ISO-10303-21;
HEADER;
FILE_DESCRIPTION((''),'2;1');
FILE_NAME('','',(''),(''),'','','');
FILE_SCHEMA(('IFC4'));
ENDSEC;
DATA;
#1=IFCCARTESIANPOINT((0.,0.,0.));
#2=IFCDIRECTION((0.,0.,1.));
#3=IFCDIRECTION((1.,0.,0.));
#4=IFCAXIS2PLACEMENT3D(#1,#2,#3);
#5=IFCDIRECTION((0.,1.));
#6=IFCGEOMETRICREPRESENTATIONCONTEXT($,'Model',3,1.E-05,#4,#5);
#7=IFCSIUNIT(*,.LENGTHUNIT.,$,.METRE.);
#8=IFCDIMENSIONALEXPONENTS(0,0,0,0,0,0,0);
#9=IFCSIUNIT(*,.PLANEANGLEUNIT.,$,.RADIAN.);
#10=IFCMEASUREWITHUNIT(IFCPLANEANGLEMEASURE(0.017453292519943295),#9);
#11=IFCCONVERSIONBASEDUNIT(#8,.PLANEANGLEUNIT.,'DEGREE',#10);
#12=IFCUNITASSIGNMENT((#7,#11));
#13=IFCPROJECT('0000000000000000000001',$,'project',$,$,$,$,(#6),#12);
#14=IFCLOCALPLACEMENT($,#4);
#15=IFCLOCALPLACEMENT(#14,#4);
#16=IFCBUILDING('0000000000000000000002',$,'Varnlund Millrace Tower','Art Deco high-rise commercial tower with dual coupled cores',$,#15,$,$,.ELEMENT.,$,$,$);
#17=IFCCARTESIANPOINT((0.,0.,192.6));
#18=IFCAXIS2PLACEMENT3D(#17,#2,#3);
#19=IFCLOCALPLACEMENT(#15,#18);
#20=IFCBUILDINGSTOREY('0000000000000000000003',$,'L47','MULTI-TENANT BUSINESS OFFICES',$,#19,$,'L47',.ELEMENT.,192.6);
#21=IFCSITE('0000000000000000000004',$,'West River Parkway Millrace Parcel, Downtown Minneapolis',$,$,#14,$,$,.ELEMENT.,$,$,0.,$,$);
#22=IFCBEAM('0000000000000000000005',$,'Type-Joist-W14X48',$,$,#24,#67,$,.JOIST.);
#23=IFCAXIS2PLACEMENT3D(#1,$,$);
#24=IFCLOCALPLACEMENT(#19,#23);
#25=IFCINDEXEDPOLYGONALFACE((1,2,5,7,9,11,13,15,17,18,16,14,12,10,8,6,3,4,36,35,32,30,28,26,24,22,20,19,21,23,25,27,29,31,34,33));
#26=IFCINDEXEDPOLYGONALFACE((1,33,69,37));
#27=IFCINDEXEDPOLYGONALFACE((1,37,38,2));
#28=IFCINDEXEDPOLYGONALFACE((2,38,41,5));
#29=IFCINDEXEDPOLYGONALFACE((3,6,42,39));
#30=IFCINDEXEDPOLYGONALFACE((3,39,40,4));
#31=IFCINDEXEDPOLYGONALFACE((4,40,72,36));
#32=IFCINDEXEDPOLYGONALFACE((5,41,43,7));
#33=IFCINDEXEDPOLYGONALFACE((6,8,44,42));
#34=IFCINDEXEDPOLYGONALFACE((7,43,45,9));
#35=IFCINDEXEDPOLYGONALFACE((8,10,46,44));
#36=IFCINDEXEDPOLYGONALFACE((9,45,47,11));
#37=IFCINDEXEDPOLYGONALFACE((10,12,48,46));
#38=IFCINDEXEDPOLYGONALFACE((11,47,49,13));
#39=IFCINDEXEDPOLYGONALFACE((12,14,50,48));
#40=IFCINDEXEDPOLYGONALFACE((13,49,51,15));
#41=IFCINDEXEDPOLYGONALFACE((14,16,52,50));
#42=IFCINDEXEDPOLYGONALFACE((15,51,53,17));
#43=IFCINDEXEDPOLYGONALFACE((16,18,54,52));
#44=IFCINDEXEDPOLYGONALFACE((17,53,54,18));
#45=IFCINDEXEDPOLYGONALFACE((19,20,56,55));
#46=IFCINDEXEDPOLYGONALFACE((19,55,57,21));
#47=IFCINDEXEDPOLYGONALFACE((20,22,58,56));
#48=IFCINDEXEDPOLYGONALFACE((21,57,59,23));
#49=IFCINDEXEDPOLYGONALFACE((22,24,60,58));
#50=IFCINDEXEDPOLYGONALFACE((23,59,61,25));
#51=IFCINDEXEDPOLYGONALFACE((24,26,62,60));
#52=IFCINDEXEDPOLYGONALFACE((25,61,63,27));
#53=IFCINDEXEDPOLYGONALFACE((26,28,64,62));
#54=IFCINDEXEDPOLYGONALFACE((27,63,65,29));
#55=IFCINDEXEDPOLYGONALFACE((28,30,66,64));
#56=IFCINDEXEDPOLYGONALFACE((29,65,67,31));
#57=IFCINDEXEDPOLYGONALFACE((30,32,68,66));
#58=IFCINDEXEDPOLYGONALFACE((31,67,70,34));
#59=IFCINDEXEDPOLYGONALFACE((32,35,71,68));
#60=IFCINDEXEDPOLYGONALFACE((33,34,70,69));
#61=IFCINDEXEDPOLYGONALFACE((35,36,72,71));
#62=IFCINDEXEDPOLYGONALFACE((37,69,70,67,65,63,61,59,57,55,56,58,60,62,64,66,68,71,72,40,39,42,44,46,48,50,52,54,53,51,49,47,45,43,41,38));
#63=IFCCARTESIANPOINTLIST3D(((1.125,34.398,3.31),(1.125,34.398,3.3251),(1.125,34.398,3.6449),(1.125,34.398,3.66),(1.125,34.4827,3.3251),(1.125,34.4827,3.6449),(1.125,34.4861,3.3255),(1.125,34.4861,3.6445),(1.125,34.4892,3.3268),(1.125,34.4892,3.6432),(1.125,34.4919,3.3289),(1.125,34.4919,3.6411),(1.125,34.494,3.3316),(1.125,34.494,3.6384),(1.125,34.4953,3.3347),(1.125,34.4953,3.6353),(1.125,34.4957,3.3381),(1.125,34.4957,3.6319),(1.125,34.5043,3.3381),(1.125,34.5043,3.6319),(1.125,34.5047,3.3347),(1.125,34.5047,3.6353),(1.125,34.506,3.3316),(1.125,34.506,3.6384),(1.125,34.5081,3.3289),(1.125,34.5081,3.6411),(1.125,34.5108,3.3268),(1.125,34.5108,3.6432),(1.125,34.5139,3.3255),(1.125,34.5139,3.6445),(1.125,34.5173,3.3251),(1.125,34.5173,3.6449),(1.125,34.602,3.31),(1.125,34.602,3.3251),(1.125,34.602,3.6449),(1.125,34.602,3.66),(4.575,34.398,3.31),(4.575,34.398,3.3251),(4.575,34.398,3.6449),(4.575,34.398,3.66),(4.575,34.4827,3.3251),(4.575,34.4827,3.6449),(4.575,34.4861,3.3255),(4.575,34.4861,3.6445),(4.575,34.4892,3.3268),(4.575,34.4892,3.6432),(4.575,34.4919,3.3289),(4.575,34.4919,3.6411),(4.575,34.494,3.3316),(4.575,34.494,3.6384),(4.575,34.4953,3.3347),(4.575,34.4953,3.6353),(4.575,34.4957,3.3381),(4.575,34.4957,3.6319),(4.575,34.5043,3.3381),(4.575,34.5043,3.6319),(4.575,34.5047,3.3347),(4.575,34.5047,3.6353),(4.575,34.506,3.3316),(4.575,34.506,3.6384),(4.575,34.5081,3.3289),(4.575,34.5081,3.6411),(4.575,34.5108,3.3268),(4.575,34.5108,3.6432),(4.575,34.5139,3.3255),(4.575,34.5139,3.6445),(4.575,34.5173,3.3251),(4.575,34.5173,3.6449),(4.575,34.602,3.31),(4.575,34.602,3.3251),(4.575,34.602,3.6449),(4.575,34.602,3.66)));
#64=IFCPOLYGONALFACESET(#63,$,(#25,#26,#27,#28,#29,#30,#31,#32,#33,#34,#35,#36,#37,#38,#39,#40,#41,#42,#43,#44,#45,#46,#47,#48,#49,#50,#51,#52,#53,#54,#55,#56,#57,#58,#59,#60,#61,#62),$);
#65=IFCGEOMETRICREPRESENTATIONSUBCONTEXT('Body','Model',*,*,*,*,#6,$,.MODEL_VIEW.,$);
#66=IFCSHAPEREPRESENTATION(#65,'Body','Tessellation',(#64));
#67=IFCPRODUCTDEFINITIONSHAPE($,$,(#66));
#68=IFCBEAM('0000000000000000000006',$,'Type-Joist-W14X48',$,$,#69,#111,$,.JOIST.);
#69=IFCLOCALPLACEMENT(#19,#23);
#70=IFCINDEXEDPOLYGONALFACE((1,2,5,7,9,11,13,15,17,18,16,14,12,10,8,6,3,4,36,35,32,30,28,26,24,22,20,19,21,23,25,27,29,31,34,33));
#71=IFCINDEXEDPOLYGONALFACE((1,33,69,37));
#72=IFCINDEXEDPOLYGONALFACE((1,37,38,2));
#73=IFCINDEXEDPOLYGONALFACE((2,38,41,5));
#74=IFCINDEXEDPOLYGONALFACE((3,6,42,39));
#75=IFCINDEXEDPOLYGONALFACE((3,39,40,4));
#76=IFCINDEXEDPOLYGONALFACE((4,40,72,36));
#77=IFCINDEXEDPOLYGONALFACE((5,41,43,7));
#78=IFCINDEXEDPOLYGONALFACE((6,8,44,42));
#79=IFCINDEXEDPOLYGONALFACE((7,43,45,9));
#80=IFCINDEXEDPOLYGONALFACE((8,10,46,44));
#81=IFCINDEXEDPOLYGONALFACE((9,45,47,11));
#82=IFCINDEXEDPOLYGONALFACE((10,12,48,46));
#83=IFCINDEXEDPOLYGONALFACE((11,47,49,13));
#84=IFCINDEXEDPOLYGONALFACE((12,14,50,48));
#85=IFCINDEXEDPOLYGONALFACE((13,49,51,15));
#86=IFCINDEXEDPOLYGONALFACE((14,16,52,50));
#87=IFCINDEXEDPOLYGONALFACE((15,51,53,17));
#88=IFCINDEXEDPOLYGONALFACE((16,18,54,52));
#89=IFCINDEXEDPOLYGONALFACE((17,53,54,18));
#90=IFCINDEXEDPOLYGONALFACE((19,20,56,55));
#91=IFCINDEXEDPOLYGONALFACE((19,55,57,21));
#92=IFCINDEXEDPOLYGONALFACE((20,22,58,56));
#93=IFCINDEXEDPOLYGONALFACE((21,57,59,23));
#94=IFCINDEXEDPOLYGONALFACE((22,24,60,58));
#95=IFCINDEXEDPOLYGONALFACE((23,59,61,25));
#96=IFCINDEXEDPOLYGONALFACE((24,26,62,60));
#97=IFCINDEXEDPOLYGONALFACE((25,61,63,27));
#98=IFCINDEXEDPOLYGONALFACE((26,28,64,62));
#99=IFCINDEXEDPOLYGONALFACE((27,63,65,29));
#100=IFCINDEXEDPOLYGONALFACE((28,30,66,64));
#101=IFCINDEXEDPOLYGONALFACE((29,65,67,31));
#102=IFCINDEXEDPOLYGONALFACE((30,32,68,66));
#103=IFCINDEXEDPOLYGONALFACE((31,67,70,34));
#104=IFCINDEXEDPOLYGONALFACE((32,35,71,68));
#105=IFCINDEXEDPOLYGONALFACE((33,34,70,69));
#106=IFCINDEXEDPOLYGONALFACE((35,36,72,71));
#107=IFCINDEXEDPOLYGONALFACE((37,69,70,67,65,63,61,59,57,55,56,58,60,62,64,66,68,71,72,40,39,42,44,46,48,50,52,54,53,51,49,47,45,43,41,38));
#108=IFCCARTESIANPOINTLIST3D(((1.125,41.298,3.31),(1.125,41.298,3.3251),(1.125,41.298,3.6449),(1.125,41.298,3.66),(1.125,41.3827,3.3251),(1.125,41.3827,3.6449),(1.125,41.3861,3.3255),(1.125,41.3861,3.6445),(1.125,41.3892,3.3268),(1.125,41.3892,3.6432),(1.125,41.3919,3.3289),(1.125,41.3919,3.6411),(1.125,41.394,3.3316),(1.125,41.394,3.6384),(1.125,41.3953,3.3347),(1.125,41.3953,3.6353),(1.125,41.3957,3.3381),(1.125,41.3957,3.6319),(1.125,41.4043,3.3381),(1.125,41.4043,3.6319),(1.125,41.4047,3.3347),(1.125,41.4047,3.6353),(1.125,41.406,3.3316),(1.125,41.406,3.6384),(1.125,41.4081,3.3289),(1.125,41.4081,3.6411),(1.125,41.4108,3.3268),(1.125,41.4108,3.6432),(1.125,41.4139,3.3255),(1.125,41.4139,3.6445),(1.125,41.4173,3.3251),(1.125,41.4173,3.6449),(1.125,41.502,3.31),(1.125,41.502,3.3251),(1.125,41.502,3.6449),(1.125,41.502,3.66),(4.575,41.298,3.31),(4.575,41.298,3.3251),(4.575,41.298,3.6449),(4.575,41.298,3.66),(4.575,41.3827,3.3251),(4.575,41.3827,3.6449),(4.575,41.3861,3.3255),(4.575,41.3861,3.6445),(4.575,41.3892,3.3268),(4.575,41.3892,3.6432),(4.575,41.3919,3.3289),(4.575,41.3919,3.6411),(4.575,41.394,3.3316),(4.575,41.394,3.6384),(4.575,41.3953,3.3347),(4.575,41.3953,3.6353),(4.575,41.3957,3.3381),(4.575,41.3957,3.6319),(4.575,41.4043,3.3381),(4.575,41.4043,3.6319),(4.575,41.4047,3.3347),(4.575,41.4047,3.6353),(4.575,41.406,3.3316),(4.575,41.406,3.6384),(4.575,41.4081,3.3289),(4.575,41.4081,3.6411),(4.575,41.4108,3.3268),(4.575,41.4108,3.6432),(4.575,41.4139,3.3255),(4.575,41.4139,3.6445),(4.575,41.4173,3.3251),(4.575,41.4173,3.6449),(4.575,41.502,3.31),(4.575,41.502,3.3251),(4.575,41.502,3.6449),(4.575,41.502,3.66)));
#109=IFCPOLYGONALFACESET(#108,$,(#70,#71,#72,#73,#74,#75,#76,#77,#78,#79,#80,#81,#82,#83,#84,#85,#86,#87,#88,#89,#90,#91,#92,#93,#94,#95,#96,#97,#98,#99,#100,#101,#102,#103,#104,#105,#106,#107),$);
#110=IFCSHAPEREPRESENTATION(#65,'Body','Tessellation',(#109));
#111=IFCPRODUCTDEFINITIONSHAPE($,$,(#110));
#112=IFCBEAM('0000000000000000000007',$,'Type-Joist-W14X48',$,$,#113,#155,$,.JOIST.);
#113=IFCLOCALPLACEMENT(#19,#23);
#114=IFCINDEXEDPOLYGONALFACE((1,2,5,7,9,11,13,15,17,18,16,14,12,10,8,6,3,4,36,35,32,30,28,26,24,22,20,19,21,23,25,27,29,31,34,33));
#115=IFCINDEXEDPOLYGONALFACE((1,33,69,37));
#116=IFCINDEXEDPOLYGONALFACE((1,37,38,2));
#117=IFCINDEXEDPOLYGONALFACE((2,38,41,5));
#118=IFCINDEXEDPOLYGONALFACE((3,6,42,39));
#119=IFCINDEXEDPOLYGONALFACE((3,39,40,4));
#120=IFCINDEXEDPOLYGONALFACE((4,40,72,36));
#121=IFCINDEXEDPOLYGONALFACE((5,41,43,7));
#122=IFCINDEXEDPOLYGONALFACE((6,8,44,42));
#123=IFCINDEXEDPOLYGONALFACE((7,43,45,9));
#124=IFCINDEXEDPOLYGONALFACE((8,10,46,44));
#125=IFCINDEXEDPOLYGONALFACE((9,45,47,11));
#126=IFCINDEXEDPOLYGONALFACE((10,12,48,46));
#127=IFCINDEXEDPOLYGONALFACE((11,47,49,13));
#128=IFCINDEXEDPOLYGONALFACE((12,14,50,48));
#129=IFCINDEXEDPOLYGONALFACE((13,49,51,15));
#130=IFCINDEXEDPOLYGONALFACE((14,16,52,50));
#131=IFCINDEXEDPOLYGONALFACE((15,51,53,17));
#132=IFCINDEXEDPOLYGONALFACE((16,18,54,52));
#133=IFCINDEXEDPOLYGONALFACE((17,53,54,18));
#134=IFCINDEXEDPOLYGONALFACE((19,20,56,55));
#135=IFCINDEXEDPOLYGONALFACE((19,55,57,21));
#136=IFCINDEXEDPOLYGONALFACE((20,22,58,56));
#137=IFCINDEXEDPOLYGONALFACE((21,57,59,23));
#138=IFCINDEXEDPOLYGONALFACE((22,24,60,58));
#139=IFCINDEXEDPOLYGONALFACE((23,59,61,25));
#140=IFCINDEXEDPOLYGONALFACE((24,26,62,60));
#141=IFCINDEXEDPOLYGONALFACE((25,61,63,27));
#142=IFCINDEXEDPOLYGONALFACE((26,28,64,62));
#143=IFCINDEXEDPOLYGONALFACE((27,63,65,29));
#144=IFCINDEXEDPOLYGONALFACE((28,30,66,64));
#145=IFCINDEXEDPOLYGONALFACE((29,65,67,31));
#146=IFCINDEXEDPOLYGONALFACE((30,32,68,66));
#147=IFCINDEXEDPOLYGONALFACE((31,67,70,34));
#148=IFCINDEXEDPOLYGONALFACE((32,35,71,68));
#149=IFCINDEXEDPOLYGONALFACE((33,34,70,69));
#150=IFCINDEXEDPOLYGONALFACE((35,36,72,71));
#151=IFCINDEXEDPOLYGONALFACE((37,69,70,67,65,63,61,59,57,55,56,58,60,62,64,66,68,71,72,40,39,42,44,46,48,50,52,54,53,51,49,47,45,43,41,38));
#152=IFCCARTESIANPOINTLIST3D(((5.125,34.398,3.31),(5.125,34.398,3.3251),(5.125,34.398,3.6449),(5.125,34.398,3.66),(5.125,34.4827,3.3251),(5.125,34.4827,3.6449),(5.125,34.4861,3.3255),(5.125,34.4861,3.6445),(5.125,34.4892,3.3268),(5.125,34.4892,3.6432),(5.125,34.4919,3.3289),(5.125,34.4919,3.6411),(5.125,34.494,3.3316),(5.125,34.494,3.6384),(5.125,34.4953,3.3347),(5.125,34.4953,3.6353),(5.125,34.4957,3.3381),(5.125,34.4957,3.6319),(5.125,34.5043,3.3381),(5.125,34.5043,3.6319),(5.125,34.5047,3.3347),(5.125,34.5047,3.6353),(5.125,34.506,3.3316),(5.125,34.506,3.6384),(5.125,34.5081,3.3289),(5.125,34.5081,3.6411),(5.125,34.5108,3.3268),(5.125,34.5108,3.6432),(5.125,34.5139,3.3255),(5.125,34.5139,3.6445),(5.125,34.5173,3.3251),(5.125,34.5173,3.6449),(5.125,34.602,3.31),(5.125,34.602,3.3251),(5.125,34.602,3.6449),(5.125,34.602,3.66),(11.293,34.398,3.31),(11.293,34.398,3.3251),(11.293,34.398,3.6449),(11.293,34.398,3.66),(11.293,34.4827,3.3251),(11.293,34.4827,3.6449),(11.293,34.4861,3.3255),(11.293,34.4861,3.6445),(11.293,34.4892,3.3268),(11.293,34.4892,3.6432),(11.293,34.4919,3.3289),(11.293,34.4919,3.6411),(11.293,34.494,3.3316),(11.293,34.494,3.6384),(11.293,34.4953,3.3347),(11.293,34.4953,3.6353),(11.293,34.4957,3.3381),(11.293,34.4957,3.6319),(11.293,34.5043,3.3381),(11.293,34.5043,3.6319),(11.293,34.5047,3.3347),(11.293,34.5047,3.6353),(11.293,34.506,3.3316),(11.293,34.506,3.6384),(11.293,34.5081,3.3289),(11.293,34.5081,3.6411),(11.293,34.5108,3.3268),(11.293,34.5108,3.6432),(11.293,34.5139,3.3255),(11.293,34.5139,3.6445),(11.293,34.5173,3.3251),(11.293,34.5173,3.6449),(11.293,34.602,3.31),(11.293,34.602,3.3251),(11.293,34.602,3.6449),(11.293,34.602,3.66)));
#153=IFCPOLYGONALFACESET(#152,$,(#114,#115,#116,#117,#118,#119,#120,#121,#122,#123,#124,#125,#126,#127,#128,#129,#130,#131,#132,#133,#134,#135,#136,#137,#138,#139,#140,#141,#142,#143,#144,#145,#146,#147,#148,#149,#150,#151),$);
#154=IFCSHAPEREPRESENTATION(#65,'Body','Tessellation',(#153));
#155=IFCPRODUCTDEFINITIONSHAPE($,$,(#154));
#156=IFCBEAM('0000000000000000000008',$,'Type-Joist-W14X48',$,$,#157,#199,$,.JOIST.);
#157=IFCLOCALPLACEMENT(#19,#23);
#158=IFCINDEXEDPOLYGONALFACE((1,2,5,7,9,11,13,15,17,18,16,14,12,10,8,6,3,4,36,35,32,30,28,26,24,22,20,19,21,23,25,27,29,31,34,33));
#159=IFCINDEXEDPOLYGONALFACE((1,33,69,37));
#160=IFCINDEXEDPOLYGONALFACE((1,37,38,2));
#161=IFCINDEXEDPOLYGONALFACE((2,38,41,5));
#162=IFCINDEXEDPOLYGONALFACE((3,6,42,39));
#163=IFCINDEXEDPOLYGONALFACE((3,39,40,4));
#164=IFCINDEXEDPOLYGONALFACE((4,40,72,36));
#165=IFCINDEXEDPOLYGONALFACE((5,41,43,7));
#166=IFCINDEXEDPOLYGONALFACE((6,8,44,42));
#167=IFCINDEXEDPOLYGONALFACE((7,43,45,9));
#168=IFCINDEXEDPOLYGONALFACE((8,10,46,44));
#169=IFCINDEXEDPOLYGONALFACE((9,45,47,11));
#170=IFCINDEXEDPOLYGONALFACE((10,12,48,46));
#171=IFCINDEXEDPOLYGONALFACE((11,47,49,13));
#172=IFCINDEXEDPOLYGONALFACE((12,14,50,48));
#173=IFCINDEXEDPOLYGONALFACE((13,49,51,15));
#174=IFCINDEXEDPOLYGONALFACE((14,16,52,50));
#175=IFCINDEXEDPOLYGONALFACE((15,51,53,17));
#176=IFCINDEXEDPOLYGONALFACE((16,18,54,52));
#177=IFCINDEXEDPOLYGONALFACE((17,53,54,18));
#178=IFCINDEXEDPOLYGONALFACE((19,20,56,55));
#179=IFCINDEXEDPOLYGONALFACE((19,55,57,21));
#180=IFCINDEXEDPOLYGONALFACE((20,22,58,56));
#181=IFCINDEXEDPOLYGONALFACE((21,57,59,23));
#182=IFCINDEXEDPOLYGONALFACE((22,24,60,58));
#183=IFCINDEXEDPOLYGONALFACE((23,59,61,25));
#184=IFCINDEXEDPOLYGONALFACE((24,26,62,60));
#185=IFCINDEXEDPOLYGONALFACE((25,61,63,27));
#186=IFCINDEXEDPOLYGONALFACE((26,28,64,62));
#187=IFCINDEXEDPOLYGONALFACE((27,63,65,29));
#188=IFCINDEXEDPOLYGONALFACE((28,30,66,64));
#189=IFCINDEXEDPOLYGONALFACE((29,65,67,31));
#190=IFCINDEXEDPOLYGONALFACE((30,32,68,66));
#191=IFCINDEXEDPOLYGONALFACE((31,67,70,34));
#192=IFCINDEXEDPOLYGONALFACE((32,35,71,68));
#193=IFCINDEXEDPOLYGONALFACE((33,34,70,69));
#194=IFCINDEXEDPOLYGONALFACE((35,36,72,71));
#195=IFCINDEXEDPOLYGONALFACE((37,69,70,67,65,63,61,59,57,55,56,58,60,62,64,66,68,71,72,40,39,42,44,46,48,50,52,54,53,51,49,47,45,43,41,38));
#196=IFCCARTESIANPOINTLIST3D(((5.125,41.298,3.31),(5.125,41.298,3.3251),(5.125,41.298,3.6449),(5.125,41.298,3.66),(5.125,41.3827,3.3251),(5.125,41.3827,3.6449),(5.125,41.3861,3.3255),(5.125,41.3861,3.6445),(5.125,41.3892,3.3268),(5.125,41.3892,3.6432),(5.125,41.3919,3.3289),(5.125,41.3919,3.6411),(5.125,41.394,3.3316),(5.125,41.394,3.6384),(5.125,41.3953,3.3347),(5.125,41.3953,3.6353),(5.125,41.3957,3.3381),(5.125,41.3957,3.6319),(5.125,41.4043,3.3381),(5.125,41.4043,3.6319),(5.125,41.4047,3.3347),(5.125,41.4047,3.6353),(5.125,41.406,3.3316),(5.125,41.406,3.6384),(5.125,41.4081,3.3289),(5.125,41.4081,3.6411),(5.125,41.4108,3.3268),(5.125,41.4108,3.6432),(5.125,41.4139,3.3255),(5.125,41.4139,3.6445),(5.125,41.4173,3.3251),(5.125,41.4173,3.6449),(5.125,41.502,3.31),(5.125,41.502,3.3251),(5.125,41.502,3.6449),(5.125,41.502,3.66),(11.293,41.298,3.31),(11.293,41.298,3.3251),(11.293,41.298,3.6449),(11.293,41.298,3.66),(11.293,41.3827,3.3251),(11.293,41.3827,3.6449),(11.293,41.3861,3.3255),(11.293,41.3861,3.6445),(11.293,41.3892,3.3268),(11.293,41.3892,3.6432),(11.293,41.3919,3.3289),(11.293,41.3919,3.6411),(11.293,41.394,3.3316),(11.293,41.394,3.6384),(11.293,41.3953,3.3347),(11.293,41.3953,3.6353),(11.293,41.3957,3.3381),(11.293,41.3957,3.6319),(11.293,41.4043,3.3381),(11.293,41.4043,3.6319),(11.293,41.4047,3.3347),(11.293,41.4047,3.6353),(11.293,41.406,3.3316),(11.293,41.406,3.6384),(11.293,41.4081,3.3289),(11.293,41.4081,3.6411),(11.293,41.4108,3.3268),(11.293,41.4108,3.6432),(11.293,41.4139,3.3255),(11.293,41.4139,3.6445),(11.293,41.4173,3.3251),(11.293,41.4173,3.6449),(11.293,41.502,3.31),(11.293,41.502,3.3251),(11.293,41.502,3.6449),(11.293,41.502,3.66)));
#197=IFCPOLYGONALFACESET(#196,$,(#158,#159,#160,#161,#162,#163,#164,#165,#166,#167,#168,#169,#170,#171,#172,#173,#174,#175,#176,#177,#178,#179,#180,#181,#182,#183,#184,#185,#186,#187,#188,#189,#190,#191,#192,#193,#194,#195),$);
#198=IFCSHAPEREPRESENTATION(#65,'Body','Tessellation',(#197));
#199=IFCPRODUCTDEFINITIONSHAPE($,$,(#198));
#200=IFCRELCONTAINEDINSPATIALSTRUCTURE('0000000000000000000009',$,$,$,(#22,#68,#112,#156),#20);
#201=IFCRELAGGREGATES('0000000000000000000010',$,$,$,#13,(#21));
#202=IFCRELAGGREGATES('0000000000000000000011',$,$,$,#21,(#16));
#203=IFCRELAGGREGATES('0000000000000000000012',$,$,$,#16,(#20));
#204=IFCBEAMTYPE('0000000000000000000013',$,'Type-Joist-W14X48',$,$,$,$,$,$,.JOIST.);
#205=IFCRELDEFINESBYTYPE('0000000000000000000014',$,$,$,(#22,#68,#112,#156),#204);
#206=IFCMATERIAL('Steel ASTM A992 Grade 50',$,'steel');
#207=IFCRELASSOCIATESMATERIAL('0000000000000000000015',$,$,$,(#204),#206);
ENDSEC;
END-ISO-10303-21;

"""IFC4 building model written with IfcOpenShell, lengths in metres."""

from ifc_helpers import new_model, entity, si_unit, converted_unit, direction, frame, origin_with_axes, origin_2d_with_axis, place, context, subcontext, project, spatial, i_section, extrude, material, material_profile, profile_set, type_object, element, save


model = new_model("IFC4")

# Units and contexts
model_context = context("Model", 3, precision=1e-05, world=origin_with_axes(), true_north=direction((0.0, 1.0)))
body_context = subcontext(model_context, "Body", "Model", "MODEL_VIEW")
ifc_project = project(units=[si_unit("LENGTHUNIT", "METRE"), converted_unit("PLANEANGLEUNIT", "DEGREE", entity("IfcPlaneAngleMeasure", 0.017453292519943295), si_unit("PLANEANGLEUNIT", "RADIAN"), dimensions=[0, 0, 0, 0, 0, 0, 0])], contexts=[model_context])

# Site, building, storey
site_placement = place(None, origin_with_axes())
site = spatial("IfcSite", under=ifc_project, at=site_placement, Name="West River Parkway Millrace Parcel, Downtown Minneapolis", CompositionType="ELEMENT", RefElevation=0.0)
building_placement = place(site_placement, origin_with_axes())
building = spatial("IfcBuilding", under=site, at=building_placement, Name="Varnlund Millrace Tower", Description="Art Deco high-rise commercial tower with dual coupled cores", CompositionType="ELEMENT")
storey_placement = place(building_placement, frame((0.0, 0.0, 192.6), z_axis=(0.0, 0.0, 1.0), x_axis=(1.0, 0.0, 0.0)))
storey = spatial("IfcBuildingStorey", under=building, at=storey_placement, Name="L47", Description="MULTI-TENANT BUSINESS OFFICES", LongName="L47", CompositionType="ELEMENT", Elevation=192.6)

# Beams
ifc_material_1 = material(Name="Steel ASTM A992 Grade 50", Category="steel")
ifc_material_profile_1 = material_profile(ifc_material_1, i_section(OverallWidth=0.204, OverallDepth=0.35, WebThickness=0.0086, FlangeThickness=0.0151, FilletRadius=0.013, at=origin_2d_with_axis()), Name="Steel ASTM A992 Grade 50")
ifc_profile_set_1 = profile_set([ifc_material_profile_1], Name="Steel ASTM A992 Grade 50")
beam_type_1 = type_object("IfcBeamType", Name="Type-Joist-W14X48", PredefinedType="JOIST", material=ifc_profile_set_1)
for number, where, z_axis, x_axis, name in (
    (1, (1.125, 34.5, 3.485), (1.0, 0.0, 0.0), (0.0, 1.0, 0.0), "Type-Joist-W14X48"),
    (2, (1.125, 41.4, 3.485), (1.0, 0.0, 0.0), (0.0, 1.0, 0.0), "Type-Joist-W14X48"),
):
    element("IfcBeam", number, at=place(storey_placement, frame(where, z_axis=z_axis, x_axis=x_axis)), inside=storey, type_object=beam_type_1, Name=name, PredefinedType="JOIST", context=body_context, shape_type="SweptSolid", body=[
        extrude(i_section(OverallWidth=0.204, OverallDepth=0.35, WebThickness=0.0086, FlangeThickness=0.0151, FilletRadius=0.013, at=origin_2d_with_axis()), origin_with_axes(), (0.0, 0.0, 1.0), 3.45),
    ])
for number, where, z_axis, x_axis, name in (
    (3, (5.125, 34.5, 3.485), (1.0, 0.0, 0.0), (0.0, 1.0, 0.0), "Type-Joist-W14X48"),
    (4, (5.125, 41.4, 3.485), (1.0, 0.0, 0.0), (0.0, 1.0, 0.0), "Type-Joist-W14X48"),
):
    element("IfcBeam", number, at=place(storey_placement, frame(where, z_axis=z_axis, x_axis=x_axis)), inside=storey, type_object=beam_type_1, Name=name, PredefinedType="JOIST", context=body_context, shape_type="SweptSolid", body=[
        extrude(i_section(OverallWidth=0.204, OverallDepth=0.35, WebThickness=0.0086, FlangeThickness=0.0151, FilletRadius=0.013, at=origin_2d_with_axis()), origin_with_axes(), (0.0, 0.0, 1.0), 6.168),
    ])

save(model, "model.ifc")
